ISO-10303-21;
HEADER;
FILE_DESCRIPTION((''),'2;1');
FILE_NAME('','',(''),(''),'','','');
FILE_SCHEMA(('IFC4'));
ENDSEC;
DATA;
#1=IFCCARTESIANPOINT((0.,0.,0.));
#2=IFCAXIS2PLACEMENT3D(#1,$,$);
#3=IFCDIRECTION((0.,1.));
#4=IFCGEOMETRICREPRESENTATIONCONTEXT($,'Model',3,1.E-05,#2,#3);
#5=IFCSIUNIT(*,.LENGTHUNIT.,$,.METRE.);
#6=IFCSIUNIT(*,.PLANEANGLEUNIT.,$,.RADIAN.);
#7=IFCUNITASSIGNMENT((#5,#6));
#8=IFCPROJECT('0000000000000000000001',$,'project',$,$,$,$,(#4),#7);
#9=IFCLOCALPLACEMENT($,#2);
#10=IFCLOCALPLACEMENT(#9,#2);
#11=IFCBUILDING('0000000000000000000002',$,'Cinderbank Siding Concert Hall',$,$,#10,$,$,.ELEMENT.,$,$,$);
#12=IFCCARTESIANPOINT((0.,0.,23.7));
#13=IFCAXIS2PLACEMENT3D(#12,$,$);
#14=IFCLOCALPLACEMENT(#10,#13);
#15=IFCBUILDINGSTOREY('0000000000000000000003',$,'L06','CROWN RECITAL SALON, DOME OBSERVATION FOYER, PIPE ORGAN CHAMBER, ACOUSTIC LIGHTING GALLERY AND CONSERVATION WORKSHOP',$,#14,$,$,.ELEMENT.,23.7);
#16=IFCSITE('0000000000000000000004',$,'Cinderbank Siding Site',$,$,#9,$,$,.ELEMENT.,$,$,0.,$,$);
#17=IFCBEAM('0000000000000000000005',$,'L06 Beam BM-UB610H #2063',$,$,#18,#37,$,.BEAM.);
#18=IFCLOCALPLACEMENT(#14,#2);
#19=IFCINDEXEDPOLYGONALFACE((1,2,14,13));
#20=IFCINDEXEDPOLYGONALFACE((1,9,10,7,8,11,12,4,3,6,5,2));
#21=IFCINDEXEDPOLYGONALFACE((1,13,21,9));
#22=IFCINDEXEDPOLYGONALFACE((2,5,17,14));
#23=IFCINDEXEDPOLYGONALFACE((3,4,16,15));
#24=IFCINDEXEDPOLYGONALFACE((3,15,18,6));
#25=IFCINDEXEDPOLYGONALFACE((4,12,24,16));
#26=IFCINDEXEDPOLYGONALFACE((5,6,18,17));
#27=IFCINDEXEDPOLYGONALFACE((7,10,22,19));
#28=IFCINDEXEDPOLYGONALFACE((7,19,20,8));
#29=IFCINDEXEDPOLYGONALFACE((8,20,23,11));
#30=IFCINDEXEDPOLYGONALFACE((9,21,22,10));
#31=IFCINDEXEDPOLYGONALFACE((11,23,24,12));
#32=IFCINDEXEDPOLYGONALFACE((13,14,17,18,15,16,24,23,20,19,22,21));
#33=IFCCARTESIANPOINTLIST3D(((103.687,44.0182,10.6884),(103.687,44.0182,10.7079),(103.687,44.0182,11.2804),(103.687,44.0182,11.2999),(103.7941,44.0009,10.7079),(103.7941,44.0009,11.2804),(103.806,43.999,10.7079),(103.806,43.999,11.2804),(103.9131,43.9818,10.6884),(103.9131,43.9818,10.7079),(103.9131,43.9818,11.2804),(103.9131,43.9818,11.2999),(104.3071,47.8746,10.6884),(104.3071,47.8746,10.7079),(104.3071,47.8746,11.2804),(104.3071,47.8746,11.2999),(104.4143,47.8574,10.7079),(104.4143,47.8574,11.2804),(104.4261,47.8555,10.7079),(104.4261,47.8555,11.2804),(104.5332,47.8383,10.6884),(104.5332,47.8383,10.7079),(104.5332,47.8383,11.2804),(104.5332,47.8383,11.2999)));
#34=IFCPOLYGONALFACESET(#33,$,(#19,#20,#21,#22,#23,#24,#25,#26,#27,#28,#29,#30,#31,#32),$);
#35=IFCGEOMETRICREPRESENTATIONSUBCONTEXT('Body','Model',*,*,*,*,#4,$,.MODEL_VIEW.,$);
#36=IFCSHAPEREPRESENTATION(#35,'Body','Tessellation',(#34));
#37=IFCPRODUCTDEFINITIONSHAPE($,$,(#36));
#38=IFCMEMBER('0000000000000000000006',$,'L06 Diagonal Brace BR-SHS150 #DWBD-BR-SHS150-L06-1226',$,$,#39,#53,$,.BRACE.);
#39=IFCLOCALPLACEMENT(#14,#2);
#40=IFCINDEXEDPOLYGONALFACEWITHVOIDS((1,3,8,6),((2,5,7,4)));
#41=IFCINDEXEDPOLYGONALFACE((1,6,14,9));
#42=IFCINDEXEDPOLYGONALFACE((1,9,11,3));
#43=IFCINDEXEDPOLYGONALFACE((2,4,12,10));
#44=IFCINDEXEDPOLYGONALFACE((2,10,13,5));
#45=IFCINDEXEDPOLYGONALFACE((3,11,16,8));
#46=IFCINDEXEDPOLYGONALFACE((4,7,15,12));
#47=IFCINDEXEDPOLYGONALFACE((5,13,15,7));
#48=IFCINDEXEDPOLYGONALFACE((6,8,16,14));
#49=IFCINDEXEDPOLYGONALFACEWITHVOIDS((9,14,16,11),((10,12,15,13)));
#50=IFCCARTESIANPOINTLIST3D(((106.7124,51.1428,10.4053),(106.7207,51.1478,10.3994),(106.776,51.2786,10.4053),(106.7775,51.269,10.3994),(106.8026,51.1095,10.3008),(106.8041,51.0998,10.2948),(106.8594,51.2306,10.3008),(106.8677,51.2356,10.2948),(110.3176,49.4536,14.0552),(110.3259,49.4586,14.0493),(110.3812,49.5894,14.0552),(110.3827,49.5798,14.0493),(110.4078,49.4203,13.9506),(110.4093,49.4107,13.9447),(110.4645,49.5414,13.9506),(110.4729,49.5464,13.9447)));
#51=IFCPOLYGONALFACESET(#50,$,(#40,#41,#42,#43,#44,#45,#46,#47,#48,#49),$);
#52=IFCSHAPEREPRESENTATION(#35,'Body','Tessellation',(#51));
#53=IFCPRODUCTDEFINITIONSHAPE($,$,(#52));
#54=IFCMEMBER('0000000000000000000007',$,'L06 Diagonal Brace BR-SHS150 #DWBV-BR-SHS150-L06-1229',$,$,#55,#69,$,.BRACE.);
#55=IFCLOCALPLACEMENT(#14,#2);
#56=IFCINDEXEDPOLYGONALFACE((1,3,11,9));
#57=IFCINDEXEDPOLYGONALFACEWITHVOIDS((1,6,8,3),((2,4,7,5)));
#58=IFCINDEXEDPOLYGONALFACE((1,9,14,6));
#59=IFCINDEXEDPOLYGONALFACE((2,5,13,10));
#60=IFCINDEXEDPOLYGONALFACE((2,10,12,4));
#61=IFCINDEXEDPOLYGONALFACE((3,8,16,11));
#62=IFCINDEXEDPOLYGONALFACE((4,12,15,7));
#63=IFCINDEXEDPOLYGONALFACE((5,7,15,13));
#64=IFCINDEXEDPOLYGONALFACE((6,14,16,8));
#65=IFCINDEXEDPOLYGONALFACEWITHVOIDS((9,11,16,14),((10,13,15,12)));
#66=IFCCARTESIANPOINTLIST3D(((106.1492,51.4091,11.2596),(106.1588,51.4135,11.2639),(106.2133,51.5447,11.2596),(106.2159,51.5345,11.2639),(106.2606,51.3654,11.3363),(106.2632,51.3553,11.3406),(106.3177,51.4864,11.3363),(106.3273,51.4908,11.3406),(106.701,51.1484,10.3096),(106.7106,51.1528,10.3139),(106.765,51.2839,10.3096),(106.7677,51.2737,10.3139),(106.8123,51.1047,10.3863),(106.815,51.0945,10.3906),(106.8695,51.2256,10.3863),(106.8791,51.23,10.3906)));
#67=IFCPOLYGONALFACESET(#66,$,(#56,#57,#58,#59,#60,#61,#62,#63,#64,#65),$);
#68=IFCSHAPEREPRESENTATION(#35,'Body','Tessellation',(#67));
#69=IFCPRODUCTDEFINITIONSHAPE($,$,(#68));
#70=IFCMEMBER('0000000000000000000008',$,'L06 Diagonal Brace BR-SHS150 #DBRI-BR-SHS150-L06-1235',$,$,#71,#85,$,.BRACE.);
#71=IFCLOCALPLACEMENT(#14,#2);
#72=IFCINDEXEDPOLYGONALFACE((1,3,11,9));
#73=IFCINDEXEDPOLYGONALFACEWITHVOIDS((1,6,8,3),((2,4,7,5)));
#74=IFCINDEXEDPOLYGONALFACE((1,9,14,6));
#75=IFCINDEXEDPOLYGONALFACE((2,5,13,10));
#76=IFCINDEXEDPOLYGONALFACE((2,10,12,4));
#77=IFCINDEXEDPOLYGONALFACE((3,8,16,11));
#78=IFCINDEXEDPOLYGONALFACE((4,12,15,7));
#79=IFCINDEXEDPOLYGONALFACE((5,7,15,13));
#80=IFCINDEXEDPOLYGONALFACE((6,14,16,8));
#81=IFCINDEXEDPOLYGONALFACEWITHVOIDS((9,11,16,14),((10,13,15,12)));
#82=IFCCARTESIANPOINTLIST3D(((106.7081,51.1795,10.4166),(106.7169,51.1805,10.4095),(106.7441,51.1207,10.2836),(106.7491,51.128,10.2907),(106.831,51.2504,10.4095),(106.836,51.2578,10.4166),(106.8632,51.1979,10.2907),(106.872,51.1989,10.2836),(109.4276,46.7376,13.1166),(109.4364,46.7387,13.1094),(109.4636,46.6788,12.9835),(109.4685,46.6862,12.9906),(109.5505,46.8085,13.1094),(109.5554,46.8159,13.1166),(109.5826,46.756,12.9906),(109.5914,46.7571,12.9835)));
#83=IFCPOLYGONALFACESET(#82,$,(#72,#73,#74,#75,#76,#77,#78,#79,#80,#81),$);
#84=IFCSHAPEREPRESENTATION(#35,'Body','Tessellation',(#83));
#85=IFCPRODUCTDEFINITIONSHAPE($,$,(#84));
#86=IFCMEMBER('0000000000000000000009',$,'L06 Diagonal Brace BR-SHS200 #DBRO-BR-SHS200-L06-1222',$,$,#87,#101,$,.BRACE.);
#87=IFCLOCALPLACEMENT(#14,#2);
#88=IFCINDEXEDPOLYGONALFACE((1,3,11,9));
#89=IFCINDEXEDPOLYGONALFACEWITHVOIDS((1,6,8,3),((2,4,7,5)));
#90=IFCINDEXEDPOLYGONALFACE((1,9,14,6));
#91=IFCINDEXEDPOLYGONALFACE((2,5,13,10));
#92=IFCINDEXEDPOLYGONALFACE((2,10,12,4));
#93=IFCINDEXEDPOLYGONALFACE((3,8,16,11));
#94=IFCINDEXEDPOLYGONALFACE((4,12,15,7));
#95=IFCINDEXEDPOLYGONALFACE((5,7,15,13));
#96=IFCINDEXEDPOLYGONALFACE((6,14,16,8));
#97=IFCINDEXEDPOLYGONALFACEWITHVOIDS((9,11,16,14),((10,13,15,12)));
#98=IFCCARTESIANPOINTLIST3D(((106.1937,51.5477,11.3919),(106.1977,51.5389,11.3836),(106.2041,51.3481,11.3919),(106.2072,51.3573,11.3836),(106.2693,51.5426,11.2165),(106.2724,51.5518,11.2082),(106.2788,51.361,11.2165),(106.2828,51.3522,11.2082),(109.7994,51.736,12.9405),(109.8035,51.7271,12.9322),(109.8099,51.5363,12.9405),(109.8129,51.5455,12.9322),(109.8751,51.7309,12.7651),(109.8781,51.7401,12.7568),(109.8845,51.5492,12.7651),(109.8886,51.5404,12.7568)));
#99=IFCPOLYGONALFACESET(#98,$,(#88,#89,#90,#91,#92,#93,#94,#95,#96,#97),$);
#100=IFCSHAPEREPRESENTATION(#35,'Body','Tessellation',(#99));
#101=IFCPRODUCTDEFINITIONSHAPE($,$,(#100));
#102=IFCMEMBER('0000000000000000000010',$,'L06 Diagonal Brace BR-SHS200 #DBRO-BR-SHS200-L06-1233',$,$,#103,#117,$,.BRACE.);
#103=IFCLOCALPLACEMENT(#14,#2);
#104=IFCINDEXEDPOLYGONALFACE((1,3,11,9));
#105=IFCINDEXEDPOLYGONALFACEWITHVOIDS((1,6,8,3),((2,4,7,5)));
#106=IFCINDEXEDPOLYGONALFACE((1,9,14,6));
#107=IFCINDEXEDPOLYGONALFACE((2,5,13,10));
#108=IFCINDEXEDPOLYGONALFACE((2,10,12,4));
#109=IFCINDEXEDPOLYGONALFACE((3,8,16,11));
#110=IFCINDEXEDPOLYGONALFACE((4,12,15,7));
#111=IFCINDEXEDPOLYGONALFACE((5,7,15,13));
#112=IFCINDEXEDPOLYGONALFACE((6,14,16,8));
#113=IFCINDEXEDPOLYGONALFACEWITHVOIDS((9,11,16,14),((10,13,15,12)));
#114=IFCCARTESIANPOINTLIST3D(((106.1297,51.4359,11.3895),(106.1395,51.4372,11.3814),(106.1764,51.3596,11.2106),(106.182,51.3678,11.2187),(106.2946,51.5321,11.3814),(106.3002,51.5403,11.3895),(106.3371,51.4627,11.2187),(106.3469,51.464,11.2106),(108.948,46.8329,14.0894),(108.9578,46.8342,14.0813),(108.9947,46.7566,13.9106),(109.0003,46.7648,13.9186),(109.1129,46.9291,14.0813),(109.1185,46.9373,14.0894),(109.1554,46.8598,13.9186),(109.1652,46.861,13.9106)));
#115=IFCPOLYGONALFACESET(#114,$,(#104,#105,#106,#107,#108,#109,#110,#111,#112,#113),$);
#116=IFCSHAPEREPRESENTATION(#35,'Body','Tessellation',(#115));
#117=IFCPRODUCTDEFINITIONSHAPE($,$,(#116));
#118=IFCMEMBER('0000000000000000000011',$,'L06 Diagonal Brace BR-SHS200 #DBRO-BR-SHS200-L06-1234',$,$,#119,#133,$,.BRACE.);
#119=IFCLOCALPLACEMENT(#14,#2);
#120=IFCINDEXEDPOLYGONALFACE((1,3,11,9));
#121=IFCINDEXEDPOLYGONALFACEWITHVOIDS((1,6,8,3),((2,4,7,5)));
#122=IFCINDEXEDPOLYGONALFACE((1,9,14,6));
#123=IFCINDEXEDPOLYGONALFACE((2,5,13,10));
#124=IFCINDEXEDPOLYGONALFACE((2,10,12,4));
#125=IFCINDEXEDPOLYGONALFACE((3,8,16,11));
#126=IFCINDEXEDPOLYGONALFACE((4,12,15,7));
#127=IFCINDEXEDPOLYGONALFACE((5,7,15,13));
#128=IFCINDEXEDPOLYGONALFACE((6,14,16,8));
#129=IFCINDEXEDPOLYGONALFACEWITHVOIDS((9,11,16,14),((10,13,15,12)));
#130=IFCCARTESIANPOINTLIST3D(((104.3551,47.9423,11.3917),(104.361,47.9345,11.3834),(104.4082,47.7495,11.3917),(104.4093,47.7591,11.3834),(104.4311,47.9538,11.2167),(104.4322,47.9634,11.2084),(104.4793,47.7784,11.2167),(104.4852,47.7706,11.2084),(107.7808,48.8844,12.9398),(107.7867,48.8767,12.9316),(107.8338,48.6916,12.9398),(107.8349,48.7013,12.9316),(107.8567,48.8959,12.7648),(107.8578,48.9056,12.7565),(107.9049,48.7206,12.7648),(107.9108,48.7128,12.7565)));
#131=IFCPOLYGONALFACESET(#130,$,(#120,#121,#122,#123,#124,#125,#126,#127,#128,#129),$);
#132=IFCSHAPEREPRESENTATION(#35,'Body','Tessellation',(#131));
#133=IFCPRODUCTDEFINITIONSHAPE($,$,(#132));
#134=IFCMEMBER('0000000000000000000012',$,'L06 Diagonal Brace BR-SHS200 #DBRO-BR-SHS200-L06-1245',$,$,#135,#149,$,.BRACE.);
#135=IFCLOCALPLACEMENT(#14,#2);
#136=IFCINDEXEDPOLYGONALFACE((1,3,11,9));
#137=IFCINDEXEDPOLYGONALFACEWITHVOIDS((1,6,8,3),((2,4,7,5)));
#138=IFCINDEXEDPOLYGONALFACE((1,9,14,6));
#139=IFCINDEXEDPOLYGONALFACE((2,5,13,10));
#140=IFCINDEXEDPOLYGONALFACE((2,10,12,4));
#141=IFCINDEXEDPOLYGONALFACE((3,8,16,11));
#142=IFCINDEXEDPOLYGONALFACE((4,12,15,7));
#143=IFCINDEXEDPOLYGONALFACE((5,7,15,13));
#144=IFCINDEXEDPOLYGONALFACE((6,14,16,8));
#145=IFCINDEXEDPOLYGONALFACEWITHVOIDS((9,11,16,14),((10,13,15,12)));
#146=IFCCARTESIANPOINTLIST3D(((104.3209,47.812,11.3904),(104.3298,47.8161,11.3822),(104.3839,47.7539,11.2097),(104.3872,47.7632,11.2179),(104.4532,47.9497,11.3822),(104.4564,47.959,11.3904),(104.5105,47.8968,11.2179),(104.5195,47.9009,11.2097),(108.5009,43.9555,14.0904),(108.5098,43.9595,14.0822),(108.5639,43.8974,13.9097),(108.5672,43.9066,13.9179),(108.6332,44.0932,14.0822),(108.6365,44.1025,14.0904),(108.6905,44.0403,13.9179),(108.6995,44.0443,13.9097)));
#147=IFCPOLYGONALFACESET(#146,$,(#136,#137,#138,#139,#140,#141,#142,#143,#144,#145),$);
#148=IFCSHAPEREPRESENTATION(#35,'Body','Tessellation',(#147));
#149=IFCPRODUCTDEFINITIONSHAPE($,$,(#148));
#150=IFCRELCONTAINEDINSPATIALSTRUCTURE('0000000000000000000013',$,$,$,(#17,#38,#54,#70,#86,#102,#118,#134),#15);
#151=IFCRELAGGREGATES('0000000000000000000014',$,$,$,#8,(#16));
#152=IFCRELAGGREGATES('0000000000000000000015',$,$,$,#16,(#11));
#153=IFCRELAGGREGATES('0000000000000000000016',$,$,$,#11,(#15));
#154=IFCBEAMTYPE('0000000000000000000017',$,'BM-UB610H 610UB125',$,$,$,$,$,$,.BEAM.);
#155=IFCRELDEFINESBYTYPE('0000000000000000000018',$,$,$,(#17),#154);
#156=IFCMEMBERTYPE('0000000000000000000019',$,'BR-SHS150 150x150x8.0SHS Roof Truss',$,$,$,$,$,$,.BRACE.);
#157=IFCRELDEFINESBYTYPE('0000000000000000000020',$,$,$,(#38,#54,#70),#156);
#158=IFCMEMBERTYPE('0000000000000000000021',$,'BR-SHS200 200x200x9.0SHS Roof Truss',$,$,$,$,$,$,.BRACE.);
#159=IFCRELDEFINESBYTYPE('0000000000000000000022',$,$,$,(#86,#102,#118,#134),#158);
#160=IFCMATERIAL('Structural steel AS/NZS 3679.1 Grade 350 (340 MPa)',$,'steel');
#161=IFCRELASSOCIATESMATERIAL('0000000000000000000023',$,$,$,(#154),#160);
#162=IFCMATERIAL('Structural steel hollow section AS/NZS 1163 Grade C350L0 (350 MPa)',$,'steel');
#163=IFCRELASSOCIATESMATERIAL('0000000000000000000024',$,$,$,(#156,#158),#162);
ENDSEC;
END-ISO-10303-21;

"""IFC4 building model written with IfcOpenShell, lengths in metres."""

from ifc_helpers import new_model, si_unit, direction, frame, origin, origin_2d, place, context, subcontext, project, spatial, hollow_rectangle, i_section, extrude, material, material_profile, profile_set, type_object, element, save


model = new_model("IFC4")

# Units and contexts
model_context = context("Model", 3, precision=1e-05, world=origin(), true_north=direction((0.0, 1.0)))
body_context = subcontext(model_context, "Body", "Model", "MODEL_VIEW")
ifc_project = project(units=[si_unit("LENGTHUNIT", "METRE"), si_unit("PLANEANGLEUNIT", "RADIAN")], contexts=[model_context])

# Site, building, storey
site_placement = place(None, origin())
site = spatial("IfcSite", under=ifc_project, at=site_placement, Name="Cinderbank Siding Site", CompositionType="ELEMENT", RefElevation=0.0)
building_placement = place(site_placement, origin())
building = spatial("IfcBuilding", under=site, at=building_placement, Name="Cinderbank Siding Concert Hall", CompositionType="ELEMENT")
storey_placement = place(building_placement, frame((0.0, 0.0, 23.7)))
storey = spatial("IfcBuildingStorey", under=building, at=storey_placement, Name="L06", Description="CROWN RECITAL SALON, DOME OBSERVATION FOYER, PIPE ORGAN CHAMBER, ACOUSTIC LIGHTING GALLERY AND CONSERVATION WORKSHOP", CompositionType="ELEMENT", Elevation=23.7)

# Beam
ifc_material_1 = material(Name="Structural steel AS/NZS 3679.1 Grade 350 (340 MPa)", Category="steel")
ifc_material_profile_1 = material_profile(ifc_material_1, i_section(OverallWidth=0.229, OverallDepth=0.6116, WebThickness=0.012, FlangeThickness=0.0195, at=origin_2d()), Name="610UB125", Category="LoadBearing")
ifc_profile_set_1 = profile_set([ifc_material_profile_1], Name="Structural steel AS/NZS 3679.1 Grade 350 (340 MPa)")
beam_type = type_object("IfcBeamType", Name="BM-UB610H 610UB125", PredefinedType="BEAM", material=ifc_profile_set_1)
beam_placement = place(storey_placement, frame((104.4202, 47.8564, 10.9941), z_axis=(-0.158761, -0.987317, 0.0), x_axis=(0.987317, -0.158761, 0.0)))
element("IfcBeam", 1, at=beam_placement, inside=storey, type_object=beam_type, Name="L06 Beam BM-UB610H #2063", PredefinedType="BEAM", context=body_context, shape_type="SweptSolid", body=[
    extrude(i_section(OverallWidth=0.229, OverallDepth=0.6116, WebThickness=0.012, FlangeThickness=0.0195, at=origin_2d()), origin(), (0.0, 0.0, 1.0), 3.906),
])

# Members
ifc_material_2 = material(Name="Structural steel hollow section AS/NZS 1163 Grade C350L0 (350 MPa)", Category="steel")
ifc_material_profile_2 = material_profile(ifc_material_2, hollow_rectangle(XDim=0.1499, YDim=0.1499, WallThickness=0.0081, at=origin_2d()), Name="150x150x8.0SHS", Category="LoadBearing")
ifc_profile_set_2 = profile_set([ifc_material_profile_2], Name="Structural steel hollow section AS/NZS 1163 Grade C350L0 (350 MPa)")
member_type_1 = type_object("IfcMemberType", Name="BR-SHS150 150x150x8.0SHS Roof Truss", PredefinedType="BRACE", material=ifc_profile_set_2)
member_1_placement = place(storey_placement, frame((106.79, 51.1892, 10.3501), z_axis=(0.667487, -0.312748, 0.675759), x_axis=(0.424281, 0.90553, 0.0)))
element("IfcMember", 2, at=member_1_placement, inside=storey, type_object=member_type_1, Name="L06 Diagonal Brace BR-SHS150 #DWBD-BR-SHS150-L06-1226", PredefinedType="BRACE", context=body_context, shape_type="SweptSolid", body=[
    extrude(hollow_rectangle(XDim=0.1499, YDim=0.1499, WallThickness=0.0081, at=origin_2d()), origin(), (0.0, 0.0, 1.0), 5.4011),
])
member_2_placement = place(storey_placement, frame((106.79, 51.1892, 10.3501), z_axis=(-0.488677, 0.230933, 0.841347), x_axis=(-0.427261, -0.904128, 0.0)))
element("IfcMember", 3, at=member_2_placement, inside=storey, type_object=member_type_1, Name="L06 Diagonal Brace BR-SHS150 #DWBV-BR-SHS150-L06-1229", PredefinedType="BRACE", context=body_context, shape_type="SweptSolid", body=[
    extrude(hollow_rectangle(XDim=0.1499, YDim=0.1499, WallThickness=0.0081, at=origin_2d()), origin(), (0.0, 0.0, 1.0), 1.1292),
])
member_3_placement = place(storey_placement, frame((106.79, 51.1892, 10.3501), z_axis=(0.463562, -0.757163, 0.460233), x_axis=(0.852855, 0.522148, 0.0)))
element("IfcMember", 4, at=member_3_placement, inside=storey, type_object=member_type_1, Name="L06 Diagonal Brace BR-SHS150 #DBRI-BR-SHS150-L06-1235", PredefinedType="BRACE", context=body_context, shape_type="SweptSolid", body=[
    extrude(hollow_rectangle(XDim=0.1499, YDim=0.1499, WallThickness=0.0081, at=origin_2d()), origin(), (0.0, 0.0, 1.0), 5.8665),
])
ifc_material_profile_3 = material_profile(ifc_material_2, hollow_rectangle(XDim=0.2, YDim=0.2, WallThickness=0.009, at=origin_2d()), Name="200x200x9.0SHS", Category="LoadBearing")
ifc_profile_set_3 = profile_set([ifc_material_profile_3], Name="Structural steel hollow section AS/NZS 1163 Grade C350L0 (350 MPa)")
member_type_2 = type_object("IfcMemberType", Name="BR-SHS200 200x200x9.0SHS Roof Truss", PredefinedType="BRACE", material=ifc_profile_set_3)
member_4_placement = place(storey_placement, frame((106.2383, 51.45, 11.3), z_axis=(0.917787, 0.047912, 0.394172), x_axis=(-0.052133, 0.99864, 0.0)))
element("IfcMember", 5, at=member_4_placement, inside=storey, type_object=member_type_2, Name="L06 Diagonal Brace BR-SHS200 #DBRO-BR-SHS200-L06-1222", PredefinedType="BRACE", context=body_context, shape_type="SweptSolid", body=[
    extrude(hollow_rectangle(XDim=0.2, YDim=0.2, WallThickness=0.009, at=origin_2d()), origin(), (0.0, 0.0, 1.0), 3.9287),
])
member_5_placement = place(storey_placement, frame((106.2383, 51.45, 11.3), z_axis=(0.467005, -0.762727, 0.447385), x_axis=(0.852837, 0.522178, 0.0)))
element("IfcMember", 6, at=member_5_placement, inside=storey, type_object=member_type_2, Name="L06 Diagonal Brace BR-SHS200 #DBRO-BR-SHS200-L06-1233", PredefinedType="BRACE", context=body_context, shape_type="SweptSolid", body=[
    extrude(hollow_rectangle(XDim=0.2, YDim=0.2, WallThickness=0.009, at=origin_2d()), origin(), (0.0, 0.0, 1.0), 6.0349),
])
member_6_placement = place(storey_placement, frame((104.4202, 47.8564, 11.3), z_axis=(0.883924, 0.243109, 0.39947), x_axis=(-0.265187, 0.964197, 0.0)))
element("IfcMember", 7, at=member_6_placement, inside=storey, type_object=member_type_2, Name="L06 Diagonal Brace BR-SHS200 #DBRO-BR-SHS200-L06-1234", PredefinedType="BRACE", context=body_context, shape_type="SweptSolid", body=[
    extrude(hollow_rectangle(XDim=0.2, YDim=0.2, WallThickness=0.009, at=origin_2d()), origin(), (0.0, 0.0, 1.0), 3.8755),
])
member_7_placement = place(storey_placement, frame((104.4202, 47.8564, 11.3), z_axis=(0.663952, -0.612569, 0.428868), x_axis=(0.678095, 0.734975, 0.0)))
element("IfcMember", 8, at=member_7_placement, inside=storey, type_object=member_type_2, Name="L06 Diagonal Brace BR-SHS200 #DBRO-BR-SHS200-L06-1245", PredefinedType="BRACE", context=body_context, shape_type="SweptSolid", body=[
    extrude(hollow_rectangle(XDim=0.2, YDim=0.2, WallThickness=0.009, at=origin_2d()), origin(), (0.0, 0.0, 1.0), 6.2957),
])

save(model, "model.ifc")
